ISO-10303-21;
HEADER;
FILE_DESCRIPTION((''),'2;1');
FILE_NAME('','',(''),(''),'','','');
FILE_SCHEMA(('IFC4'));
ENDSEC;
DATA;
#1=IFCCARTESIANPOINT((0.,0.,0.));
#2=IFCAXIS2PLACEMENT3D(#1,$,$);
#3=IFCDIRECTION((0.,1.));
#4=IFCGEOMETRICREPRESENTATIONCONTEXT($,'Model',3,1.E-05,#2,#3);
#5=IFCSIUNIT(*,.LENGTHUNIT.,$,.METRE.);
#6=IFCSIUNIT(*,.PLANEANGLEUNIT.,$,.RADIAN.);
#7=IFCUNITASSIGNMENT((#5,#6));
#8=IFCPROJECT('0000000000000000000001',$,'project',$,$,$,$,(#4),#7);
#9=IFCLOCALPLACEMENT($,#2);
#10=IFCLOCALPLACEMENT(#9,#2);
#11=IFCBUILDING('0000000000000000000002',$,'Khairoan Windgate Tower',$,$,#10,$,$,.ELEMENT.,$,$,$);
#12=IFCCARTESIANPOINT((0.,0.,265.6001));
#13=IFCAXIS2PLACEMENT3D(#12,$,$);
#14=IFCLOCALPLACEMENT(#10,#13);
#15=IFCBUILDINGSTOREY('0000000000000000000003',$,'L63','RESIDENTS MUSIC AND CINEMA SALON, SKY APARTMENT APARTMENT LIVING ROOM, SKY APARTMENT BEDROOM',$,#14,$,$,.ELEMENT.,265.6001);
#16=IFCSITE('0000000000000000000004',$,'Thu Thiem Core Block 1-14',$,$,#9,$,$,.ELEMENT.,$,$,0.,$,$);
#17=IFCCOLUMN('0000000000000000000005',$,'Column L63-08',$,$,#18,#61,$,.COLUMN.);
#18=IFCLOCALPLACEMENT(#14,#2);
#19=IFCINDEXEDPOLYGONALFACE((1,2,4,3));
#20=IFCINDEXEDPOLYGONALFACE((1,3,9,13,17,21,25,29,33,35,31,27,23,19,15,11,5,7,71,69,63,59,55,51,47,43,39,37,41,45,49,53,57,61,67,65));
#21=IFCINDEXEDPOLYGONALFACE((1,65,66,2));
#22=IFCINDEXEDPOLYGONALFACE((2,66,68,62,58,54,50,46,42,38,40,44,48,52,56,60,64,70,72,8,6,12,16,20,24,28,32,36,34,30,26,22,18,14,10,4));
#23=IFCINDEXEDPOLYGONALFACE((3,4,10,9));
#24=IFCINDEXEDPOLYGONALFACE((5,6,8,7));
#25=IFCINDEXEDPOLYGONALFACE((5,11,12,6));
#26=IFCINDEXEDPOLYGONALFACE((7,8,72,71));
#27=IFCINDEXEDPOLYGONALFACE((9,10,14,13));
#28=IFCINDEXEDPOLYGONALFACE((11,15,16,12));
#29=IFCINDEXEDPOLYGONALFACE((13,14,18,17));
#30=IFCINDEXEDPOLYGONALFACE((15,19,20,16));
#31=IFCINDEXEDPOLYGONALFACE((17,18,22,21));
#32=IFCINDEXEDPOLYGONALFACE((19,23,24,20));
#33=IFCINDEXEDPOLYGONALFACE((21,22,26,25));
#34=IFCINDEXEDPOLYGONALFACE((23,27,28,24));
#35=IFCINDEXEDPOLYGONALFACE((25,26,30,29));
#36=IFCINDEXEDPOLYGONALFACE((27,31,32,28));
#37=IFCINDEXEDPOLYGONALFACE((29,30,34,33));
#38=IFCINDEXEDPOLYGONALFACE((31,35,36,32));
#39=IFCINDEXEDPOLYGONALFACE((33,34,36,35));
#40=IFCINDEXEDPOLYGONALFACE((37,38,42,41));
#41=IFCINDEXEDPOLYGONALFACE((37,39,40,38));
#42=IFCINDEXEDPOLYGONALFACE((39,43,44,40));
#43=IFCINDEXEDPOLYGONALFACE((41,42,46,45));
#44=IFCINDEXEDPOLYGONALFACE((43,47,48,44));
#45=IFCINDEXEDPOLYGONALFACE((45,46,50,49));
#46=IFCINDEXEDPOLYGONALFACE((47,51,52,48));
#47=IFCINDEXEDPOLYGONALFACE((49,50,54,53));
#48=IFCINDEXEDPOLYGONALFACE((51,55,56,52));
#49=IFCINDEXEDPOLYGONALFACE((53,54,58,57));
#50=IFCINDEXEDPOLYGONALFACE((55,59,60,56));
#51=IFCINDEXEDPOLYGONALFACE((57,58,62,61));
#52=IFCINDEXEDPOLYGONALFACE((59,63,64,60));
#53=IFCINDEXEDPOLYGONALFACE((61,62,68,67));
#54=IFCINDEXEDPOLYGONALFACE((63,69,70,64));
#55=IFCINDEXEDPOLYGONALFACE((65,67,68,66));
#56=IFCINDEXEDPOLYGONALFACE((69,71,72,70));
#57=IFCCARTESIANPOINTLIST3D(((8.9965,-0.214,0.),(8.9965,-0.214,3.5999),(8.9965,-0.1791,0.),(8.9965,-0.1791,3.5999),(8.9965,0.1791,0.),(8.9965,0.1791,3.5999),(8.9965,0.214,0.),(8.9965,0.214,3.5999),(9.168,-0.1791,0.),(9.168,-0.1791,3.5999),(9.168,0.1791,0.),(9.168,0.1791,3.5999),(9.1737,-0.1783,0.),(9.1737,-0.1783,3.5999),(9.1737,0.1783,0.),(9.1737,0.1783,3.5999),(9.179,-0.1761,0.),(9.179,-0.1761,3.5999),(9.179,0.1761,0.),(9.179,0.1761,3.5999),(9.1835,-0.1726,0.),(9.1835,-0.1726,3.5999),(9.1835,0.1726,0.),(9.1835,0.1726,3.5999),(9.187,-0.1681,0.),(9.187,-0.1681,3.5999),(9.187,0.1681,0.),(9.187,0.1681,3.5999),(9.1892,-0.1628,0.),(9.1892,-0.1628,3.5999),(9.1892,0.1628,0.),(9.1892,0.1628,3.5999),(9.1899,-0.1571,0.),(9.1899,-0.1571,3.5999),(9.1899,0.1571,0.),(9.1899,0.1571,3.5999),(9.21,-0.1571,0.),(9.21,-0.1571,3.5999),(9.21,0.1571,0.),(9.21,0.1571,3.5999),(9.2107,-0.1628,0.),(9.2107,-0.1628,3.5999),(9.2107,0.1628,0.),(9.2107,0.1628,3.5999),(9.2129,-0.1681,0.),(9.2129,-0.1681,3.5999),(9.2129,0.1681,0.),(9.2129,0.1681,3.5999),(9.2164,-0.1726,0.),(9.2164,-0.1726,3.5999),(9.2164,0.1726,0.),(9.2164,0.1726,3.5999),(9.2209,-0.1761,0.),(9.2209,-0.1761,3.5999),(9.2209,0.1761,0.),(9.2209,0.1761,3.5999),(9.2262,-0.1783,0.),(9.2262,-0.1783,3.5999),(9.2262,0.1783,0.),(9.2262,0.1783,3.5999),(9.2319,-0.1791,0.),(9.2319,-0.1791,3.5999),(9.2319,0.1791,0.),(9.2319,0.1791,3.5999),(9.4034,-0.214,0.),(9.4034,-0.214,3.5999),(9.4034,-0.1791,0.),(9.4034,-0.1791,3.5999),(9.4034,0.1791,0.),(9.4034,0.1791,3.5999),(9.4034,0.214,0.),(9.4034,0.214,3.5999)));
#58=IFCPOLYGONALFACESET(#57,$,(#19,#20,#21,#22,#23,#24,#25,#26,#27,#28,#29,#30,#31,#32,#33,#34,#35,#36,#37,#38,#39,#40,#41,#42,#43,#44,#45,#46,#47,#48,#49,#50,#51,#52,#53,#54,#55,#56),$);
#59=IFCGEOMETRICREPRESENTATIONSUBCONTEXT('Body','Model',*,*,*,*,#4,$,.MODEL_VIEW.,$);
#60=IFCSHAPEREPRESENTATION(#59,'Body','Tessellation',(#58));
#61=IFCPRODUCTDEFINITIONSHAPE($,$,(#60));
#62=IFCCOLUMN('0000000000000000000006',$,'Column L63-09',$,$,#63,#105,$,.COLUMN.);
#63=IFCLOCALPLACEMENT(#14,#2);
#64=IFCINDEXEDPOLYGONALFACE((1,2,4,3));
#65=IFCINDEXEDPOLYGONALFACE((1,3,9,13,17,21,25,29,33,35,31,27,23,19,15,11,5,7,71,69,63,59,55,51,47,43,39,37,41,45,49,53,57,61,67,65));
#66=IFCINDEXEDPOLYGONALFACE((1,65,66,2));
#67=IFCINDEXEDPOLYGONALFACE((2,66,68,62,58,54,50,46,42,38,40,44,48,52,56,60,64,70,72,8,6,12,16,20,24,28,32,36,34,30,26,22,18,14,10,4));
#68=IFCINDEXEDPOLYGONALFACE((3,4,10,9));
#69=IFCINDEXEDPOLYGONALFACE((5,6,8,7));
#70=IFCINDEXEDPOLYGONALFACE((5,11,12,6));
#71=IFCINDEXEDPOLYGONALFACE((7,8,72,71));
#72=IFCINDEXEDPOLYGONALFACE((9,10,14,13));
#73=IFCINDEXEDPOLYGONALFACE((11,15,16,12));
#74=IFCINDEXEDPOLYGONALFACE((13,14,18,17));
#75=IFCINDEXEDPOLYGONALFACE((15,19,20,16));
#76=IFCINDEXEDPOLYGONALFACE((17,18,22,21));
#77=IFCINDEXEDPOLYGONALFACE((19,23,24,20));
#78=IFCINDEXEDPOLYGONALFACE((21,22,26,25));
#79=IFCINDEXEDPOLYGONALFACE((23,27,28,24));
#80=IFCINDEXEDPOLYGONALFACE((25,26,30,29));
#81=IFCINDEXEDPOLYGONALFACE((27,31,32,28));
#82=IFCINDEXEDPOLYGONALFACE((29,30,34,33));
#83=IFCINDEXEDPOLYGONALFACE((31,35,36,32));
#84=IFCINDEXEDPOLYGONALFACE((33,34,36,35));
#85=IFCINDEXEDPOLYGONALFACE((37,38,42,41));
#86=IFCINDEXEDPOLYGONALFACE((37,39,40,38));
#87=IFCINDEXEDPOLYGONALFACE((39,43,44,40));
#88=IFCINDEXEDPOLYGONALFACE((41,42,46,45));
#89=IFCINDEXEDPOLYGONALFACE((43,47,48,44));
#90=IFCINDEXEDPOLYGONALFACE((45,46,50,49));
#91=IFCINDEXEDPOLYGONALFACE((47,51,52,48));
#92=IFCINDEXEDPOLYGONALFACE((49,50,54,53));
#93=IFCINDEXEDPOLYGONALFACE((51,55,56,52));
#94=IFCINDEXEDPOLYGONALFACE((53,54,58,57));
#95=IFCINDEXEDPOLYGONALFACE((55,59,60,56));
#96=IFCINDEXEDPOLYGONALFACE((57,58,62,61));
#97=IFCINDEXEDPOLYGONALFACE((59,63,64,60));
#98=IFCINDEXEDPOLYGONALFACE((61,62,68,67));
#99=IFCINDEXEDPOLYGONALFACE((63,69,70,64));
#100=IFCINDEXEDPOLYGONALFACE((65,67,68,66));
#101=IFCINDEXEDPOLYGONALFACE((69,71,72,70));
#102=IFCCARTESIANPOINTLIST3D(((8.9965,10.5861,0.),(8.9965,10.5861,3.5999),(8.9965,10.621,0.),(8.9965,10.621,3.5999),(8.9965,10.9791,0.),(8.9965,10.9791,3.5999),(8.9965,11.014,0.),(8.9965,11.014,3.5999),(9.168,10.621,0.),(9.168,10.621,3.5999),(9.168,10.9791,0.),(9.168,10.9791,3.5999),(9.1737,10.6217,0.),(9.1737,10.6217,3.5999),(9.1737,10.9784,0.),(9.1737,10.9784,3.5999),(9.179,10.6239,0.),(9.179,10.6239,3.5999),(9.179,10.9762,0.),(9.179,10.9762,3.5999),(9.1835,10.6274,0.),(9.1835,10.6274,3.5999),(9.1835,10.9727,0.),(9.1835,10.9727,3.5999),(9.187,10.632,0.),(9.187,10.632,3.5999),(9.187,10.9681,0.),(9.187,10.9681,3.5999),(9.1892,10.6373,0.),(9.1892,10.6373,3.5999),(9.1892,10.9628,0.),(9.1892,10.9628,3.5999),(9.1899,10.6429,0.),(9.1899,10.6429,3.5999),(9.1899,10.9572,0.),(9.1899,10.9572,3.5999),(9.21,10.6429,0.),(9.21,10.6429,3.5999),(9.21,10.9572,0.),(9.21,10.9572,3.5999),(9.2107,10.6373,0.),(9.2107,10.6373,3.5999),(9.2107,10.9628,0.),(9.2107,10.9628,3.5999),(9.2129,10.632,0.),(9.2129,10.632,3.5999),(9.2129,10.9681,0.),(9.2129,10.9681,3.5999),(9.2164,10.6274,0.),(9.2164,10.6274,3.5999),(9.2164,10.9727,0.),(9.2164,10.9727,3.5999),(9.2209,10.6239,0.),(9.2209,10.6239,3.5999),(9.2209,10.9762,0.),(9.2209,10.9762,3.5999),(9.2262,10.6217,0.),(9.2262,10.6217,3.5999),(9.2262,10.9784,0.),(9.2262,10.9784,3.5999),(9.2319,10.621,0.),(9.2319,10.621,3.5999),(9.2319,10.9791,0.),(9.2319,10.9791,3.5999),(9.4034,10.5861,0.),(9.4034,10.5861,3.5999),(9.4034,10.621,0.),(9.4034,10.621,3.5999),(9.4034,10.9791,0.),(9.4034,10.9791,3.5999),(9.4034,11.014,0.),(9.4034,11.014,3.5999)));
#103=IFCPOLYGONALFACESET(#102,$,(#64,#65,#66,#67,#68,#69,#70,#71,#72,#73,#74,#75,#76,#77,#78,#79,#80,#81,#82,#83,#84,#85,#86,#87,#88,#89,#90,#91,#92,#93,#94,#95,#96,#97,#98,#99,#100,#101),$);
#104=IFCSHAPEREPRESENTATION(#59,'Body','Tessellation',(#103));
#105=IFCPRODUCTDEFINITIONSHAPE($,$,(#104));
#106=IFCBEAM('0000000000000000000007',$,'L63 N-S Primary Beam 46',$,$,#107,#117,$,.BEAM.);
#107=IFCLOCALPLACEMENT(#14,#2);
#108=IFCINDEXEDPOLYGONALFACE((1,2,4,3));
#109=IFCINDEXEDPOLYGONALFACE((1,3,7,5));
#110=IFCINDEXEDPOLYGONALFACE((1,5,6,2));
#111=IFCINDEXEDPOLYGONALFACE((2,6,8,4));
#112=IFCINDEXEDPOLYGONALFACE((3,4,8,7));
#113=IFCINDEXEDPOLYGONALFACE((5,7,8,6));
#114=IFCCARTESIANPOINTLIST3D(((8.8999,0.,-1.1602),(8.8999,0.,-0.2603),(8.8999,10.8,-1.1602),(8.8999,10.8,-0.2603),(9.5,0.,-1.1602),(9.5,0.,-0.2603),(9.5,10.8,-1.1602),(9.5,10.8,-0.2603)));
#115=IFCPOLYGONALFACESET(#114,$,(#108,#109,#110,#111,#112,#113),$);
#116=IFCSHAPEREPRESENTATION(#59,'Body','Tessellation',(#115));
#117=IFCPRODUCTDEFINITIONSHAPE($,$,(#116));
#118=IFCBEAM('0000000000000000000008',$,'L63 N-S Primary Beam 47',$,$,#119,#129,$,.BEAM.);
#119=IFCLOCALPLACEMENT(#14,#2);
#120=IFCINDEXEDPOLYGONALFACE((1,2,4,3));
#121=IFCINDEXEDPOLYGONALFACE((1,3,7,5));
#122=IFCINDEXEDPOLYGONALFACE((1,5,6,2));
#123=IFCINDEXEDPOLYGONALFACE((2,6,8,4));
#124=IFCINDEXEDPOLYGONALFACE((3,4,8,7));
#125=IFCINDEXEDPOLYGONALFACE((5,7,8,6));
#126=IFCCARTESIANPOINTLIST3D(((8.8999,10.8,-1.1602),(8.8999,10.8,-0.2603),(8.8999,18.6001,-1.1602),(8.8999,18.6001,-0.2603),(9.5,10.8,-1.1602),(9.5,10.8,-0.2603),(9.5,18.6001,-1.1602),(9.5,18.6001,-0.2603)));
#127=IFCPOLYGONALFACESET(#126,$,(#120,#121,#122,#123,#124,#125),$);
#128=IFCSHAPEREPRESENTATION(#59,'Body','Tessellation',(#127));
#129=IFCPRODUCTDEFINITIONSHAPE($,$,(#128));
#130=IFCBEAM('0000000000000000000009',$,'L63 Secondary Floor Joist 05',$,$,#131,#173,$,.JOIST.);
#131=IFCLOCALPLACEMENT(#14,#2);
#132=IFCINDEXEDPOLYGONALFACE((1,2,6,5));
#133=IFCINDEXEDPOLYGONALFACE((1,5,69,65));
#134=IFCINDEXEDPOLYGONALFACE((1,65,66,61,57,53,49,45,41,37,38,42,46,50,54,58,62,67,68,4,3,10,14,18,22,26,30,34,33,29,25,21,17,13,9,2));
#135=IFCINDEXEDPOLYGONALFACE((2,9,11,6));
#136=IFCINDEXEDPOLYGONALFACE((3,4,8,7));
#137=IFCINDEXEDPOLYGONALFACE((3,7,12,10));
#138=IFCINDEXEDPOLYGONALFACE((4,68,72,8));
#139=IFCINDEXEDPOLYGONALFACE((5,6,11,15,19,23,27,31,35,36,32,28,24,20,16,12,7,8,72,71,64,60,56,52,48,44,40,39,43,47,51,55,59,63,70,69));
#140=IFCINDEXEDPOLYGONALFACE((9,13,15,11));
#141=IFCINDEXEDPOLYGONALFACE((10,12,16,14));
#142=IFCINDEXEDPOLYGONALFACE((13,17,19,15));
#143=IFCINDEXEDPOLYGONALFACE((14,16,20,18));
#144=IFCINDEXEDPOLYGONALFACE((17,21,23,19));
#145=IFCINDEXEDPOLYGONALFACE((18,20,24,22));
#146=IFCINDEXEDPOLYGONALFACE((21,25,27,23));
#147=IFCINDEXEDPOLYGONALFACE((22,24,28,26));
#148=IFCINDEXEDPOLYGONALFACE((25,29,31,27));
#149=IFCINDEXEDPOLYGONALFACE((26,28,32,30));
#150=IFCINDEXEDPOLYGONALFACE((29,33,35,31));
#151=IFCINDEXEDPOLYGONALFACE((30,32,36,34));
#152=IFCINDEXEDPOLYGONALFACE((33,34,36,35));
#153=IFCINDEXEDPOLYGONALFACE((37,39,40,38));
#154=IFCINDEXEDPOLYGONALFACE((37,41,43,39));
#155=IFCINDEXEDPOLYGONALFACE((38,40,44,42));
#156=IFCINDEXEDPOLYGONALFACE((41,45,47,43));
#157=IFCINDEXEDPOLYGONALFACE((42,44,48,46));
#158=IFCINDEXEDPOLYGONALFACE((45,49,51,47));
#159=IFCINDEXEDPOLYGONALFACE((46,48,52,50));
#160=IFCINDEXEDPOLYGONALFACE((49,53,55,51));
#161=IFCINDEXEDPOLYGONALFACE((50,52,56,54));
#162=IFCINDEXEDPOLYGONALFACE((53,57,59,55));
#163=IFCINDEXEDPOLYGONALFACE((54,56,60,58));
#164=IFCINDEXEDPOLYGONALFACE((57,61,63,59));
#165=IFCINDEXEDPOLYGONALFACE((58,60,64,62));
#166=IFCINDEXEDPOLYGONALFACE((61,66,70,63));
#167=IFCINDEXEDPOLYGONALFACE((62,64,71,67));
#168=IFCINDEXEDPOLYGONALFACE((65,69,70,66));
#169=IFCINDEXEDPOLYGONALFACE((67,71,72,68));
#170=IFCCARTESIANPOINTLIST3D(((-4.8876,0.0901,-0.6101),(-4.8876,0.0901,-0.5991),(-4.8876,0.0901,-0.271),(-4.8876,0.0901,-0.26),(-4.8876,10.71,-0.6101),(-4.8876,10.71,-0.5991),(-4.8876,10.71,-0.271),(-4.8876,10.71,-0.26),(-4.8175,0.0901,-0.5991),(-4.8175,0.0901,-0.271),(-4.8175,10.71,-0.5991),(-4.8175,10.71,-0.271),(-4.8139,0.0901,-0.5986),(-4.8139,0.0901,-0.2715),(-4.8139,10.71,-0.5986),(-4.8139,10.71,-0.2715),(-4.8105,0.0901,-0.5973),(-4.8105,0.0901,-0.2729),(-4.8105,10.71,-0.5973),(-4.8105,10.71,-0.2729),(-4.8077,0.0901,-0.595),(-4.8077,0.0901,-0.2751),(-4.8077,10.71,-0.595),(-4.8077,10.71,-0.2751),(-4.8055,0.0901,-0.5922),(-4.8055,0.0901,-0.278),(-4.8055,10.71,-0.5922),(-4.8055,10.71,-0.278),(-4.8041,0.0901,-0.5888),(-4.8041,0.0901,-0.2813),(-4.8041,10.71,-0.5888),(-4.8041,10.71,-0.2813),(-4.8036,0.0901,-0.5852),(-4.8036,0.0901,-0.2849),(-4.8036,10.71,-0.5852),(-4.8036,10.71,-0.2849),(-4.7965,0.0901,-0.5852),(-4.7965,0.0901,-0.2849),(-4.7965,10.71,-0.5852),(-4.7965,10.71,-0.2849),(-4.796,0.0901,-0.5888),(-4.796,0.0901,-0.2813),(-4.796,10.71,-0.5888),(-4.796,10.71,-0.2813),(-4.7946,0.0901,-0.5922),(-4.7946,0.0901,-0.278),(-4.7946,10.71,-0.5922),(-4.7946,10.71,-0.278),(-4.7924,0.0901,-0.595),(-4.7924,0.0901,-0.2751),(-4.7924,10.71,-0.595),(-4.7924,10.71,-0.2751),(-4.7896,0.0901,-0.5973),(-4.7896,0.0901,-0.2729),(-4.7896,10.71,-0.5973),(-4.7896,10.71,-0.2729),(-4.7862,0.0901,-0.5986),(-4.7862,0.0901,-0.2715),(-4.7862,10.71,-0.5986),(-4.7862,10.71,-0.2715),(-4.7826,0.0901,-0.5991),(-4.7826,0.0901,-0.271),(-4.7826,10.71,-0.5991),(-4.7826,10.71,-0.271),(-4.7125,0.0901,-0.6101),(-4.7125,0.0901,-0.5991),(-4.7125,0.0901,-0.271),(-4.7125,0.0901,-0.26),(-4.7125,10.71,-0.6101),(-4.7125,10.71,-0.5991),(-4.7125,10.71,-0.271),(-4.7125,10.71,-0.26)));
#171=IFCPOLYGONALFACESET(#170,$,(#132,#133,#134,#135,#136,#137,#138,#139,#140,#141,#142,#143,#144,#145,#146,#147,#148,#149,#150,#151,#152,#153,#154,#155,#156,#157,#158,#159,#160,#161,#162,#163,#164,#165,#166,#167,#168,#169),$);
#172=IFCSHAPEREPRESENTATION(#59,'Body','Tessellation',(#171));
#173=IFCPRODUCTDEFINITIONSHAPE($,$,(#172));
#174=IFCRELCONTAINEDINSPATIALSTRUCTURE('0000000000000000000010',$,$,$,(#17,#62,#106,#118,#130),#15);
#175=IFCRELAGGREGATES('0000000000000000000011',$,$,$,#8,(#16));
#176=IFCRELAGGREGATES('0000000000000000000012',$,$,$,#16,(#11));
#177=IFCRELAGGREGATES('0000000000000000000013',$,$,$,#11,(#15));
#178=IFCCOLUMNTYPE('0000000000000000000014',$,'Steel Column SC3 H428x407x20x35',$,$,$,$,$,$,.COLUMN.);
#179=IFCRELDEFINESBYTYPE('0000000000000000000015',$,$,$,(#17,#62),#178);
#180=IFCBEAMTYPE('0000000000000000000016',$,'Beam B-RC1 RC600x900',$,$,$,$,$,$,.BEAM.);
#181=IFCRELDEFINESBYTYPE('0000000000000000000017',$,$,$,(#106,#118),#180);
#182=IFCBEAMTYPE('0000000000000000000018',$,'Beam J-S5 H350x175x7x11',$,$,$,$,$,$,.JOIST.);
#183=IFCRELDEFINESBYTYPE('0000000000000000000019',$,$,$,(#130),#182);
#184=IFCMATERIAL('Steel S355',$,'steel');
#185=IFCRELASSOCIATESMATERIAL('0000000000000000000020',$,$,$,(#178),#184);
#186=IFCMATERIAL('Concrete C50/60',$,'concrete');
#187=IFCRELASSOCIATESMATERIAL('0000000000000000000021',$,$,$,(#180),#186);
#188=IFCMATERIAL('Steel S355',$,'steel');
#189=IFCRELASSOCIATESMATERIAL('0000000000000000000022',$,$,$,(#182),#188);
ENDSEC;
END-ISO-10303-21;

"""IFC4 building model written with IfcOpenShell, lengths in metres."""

from ifc_helpers import new_model, si_unit, direction, frame, origin, origin_2d, place, context, subcontext, project, spatial, rectangle, i_section, extrude, material, material_profile, profile_set, type_object, element, save


model = new_model("IFC4")

# Units and contexts
model_context = context("Model", 3, precision=1e-05, world=origin(), true_north=direction((0.0, 1.0)))
body_context = subcontext(model_context, "Body", "Model", "MODEL_VIEW")
ifc_project = project(units=[si_unit("LENGTHUNIT", "METRE"), si_unit("PLANEANGLEUNIT", "RADIAN")], contexts=[model_context])

# Site, building, storey
site_placement = place(None, origin())
site = spatial("IfcSite", under=ifc_project, at=site_placement, Name="Thu Thiem Core Block 1-14", CompositionType="ELEMENT", RefElevation=0.0)
building_placement = place(site_placement, origin())
building = spatial("IfcBuilding", under=site, at=building_placement, Name="Khairoan Windgate Tower", CompositionType="ELEMENT")
storey_placement = place(building_placement, frame((0.0, 0.0, 265.6001)))
storey = spatial("IfcBuildingStorey", under=building, at=storey_placement, Name="L63", Description="RESIDENTS MUSIC AND CINEMA SALON, SKY APARTMENT APARTMENT LIVING ROOM, SKY APARTMENT BEDROOM", CompositionType="ELEMENT", Elevation=265.6001)

# Columns
ifc_material_1 = material(Name="Steel S355", Category="steel")
ifc_material_profile_1 = material_profile(ifc_material_1, i_section(OverallWidth=0.407, OverallDepth=0.428, WebThickness=0.02, FlangeThickness=0.0349, FilletRadius=0.022, at=origin_2d()))
ifc_profile_set_1 = profile_set([ifc_material_profile_1], Name="Steel S355")
column_type = type_object("IfcColumnType", Name="Steel Column SC3 H428x407x20x35", PredefinedType="COLUMN", material=ifc_profile_set_1)
for number, where, z_axis, x_axis, name in (
    (1, (9.2, 0.0, 0.0), (0.0, 0.0, 1.0), (1.0, 0.0, 0.0), "Column L63-08"),
    (2, (9.2, 10.8, 0.0), (0.0, 0.0, 1.0), (1.0, 0.0, 0.0), "Column L63-09"),
):
    element("IfcColumn", number, at=place(storey_placement, frame(where, z_axis=z_axis, x_axis=x_axis)), inside=storey, type_object=column_type, Name=name, PredefinedType="COLUMN", context=body_context, shape_type="SweptSolid", body=[
        extrude(i_section(OverallWidth=0.407, OverallDepth=0.428, WebThickness=0.02, FlangeThickness=0.0349, FilletRadius=0.022, at=origin_2d()), origin(), (0.0, 0.0, 1.0), 3.5999),
    ])

# Beams
ifc_material_2 = material(Name="Concrete C50/60", Category="concrete")
ifc_material_profile_2 = material_profile(ifc_material_2, rectangle(XDim=0.6001, YDim=0.8999, at=origin_2d()))
ifc_profile_set_2 = profile_set([ifc_material_profile_2], Name="Concrete C50/60")
beam_type_1 = type_object("IfcBeamType", Name="Beam B-RC1 RC600x900", PredefinedType="BEAM", material=ifc_profile_set_2)
beam_1_placement = place(storey_placement, frame((9.2, 0.0, -0.7102), z_axis=(0.0, 1.0, 0.0), x_axis=(-1.0, 0.0, 0.0)))
element("IfcBeam", 3, at=beam_1_placement, inside=storey, type_object=beam_type_1, Name="L63 N-S Primary Beam 46", PredefinedType="BEAM", context=body_context, shape_type="SweptSolid", body=[
    extrude(rectangle(XDim=0.6001, YDim=0.8999, at=origin_2d()), origin(), (0.0, 0.0, 1.0), 10.8),
])
beam_2_placement = place(storey_placement, frame((9.2, 10.8, -0.7102), z_axis=(0.0, 1.0, 0.0), x_axis=(-1.0, 0.0, 0.0)))
element("IfcBeam", 4, at=beam_2_placement, inside=storey, type_object=beam_type_1, Name="L63 N-S Primary Beam 47", PredefinedType="BEAM", context=body_context, shape_type="SweptSolid", body=[
    extrude(rectangle(XDim=0.6001, YDim=0.8999, at=origin_2d()), origin(), (0.0, 0.0, 1.0), 7.8),
])
ifc_material_3 = material(Name="Steel S355", Category="steel")
ifc_material_profile_3 = material_profile(ifc_material_3, i_section(OverallWidth=0.175, OverallDepth=0.3501, WebThickness=0.0071, FlangeThickness=0.011, FilletRadius=0.0139, at=origin_2d()))
ifc_profile_set_3 = profile_set([ifc_material_profile_3], Name="Steel S355")
beam_type_2 = type_object("IfcBeamType", Name="Beam J-S5 H350x175x7x11", PredefinedType="JOIST", material=ifc_profile_set_3)
beam_3_placement = place(storey_placement, frame((-4.8, 0.0901, -0.4351), z_axis=(0.0, 1.0, 0.0), x_axis=(-1.0, 0.0, 0.0)))
element("IfcBeam", 5, at=beam_3_placement, inside=storey, type_object=beam_type_2, Name="L63 Secondary Floor Joist 05", PredefinedType="JOIST", context=body_context, shape_type="SweptSolid", body=[
    extrude(i_section(OverallWidth=0.175, OverallDepth=0.3501, WebThickness=0.0071, FlangeThickness=0.011, FilletRadius=0.0139, at=origin_2d()), origin(), (0.0, 0.0, 1.0), 10.6199),
])

save(model, "model.ifc")
